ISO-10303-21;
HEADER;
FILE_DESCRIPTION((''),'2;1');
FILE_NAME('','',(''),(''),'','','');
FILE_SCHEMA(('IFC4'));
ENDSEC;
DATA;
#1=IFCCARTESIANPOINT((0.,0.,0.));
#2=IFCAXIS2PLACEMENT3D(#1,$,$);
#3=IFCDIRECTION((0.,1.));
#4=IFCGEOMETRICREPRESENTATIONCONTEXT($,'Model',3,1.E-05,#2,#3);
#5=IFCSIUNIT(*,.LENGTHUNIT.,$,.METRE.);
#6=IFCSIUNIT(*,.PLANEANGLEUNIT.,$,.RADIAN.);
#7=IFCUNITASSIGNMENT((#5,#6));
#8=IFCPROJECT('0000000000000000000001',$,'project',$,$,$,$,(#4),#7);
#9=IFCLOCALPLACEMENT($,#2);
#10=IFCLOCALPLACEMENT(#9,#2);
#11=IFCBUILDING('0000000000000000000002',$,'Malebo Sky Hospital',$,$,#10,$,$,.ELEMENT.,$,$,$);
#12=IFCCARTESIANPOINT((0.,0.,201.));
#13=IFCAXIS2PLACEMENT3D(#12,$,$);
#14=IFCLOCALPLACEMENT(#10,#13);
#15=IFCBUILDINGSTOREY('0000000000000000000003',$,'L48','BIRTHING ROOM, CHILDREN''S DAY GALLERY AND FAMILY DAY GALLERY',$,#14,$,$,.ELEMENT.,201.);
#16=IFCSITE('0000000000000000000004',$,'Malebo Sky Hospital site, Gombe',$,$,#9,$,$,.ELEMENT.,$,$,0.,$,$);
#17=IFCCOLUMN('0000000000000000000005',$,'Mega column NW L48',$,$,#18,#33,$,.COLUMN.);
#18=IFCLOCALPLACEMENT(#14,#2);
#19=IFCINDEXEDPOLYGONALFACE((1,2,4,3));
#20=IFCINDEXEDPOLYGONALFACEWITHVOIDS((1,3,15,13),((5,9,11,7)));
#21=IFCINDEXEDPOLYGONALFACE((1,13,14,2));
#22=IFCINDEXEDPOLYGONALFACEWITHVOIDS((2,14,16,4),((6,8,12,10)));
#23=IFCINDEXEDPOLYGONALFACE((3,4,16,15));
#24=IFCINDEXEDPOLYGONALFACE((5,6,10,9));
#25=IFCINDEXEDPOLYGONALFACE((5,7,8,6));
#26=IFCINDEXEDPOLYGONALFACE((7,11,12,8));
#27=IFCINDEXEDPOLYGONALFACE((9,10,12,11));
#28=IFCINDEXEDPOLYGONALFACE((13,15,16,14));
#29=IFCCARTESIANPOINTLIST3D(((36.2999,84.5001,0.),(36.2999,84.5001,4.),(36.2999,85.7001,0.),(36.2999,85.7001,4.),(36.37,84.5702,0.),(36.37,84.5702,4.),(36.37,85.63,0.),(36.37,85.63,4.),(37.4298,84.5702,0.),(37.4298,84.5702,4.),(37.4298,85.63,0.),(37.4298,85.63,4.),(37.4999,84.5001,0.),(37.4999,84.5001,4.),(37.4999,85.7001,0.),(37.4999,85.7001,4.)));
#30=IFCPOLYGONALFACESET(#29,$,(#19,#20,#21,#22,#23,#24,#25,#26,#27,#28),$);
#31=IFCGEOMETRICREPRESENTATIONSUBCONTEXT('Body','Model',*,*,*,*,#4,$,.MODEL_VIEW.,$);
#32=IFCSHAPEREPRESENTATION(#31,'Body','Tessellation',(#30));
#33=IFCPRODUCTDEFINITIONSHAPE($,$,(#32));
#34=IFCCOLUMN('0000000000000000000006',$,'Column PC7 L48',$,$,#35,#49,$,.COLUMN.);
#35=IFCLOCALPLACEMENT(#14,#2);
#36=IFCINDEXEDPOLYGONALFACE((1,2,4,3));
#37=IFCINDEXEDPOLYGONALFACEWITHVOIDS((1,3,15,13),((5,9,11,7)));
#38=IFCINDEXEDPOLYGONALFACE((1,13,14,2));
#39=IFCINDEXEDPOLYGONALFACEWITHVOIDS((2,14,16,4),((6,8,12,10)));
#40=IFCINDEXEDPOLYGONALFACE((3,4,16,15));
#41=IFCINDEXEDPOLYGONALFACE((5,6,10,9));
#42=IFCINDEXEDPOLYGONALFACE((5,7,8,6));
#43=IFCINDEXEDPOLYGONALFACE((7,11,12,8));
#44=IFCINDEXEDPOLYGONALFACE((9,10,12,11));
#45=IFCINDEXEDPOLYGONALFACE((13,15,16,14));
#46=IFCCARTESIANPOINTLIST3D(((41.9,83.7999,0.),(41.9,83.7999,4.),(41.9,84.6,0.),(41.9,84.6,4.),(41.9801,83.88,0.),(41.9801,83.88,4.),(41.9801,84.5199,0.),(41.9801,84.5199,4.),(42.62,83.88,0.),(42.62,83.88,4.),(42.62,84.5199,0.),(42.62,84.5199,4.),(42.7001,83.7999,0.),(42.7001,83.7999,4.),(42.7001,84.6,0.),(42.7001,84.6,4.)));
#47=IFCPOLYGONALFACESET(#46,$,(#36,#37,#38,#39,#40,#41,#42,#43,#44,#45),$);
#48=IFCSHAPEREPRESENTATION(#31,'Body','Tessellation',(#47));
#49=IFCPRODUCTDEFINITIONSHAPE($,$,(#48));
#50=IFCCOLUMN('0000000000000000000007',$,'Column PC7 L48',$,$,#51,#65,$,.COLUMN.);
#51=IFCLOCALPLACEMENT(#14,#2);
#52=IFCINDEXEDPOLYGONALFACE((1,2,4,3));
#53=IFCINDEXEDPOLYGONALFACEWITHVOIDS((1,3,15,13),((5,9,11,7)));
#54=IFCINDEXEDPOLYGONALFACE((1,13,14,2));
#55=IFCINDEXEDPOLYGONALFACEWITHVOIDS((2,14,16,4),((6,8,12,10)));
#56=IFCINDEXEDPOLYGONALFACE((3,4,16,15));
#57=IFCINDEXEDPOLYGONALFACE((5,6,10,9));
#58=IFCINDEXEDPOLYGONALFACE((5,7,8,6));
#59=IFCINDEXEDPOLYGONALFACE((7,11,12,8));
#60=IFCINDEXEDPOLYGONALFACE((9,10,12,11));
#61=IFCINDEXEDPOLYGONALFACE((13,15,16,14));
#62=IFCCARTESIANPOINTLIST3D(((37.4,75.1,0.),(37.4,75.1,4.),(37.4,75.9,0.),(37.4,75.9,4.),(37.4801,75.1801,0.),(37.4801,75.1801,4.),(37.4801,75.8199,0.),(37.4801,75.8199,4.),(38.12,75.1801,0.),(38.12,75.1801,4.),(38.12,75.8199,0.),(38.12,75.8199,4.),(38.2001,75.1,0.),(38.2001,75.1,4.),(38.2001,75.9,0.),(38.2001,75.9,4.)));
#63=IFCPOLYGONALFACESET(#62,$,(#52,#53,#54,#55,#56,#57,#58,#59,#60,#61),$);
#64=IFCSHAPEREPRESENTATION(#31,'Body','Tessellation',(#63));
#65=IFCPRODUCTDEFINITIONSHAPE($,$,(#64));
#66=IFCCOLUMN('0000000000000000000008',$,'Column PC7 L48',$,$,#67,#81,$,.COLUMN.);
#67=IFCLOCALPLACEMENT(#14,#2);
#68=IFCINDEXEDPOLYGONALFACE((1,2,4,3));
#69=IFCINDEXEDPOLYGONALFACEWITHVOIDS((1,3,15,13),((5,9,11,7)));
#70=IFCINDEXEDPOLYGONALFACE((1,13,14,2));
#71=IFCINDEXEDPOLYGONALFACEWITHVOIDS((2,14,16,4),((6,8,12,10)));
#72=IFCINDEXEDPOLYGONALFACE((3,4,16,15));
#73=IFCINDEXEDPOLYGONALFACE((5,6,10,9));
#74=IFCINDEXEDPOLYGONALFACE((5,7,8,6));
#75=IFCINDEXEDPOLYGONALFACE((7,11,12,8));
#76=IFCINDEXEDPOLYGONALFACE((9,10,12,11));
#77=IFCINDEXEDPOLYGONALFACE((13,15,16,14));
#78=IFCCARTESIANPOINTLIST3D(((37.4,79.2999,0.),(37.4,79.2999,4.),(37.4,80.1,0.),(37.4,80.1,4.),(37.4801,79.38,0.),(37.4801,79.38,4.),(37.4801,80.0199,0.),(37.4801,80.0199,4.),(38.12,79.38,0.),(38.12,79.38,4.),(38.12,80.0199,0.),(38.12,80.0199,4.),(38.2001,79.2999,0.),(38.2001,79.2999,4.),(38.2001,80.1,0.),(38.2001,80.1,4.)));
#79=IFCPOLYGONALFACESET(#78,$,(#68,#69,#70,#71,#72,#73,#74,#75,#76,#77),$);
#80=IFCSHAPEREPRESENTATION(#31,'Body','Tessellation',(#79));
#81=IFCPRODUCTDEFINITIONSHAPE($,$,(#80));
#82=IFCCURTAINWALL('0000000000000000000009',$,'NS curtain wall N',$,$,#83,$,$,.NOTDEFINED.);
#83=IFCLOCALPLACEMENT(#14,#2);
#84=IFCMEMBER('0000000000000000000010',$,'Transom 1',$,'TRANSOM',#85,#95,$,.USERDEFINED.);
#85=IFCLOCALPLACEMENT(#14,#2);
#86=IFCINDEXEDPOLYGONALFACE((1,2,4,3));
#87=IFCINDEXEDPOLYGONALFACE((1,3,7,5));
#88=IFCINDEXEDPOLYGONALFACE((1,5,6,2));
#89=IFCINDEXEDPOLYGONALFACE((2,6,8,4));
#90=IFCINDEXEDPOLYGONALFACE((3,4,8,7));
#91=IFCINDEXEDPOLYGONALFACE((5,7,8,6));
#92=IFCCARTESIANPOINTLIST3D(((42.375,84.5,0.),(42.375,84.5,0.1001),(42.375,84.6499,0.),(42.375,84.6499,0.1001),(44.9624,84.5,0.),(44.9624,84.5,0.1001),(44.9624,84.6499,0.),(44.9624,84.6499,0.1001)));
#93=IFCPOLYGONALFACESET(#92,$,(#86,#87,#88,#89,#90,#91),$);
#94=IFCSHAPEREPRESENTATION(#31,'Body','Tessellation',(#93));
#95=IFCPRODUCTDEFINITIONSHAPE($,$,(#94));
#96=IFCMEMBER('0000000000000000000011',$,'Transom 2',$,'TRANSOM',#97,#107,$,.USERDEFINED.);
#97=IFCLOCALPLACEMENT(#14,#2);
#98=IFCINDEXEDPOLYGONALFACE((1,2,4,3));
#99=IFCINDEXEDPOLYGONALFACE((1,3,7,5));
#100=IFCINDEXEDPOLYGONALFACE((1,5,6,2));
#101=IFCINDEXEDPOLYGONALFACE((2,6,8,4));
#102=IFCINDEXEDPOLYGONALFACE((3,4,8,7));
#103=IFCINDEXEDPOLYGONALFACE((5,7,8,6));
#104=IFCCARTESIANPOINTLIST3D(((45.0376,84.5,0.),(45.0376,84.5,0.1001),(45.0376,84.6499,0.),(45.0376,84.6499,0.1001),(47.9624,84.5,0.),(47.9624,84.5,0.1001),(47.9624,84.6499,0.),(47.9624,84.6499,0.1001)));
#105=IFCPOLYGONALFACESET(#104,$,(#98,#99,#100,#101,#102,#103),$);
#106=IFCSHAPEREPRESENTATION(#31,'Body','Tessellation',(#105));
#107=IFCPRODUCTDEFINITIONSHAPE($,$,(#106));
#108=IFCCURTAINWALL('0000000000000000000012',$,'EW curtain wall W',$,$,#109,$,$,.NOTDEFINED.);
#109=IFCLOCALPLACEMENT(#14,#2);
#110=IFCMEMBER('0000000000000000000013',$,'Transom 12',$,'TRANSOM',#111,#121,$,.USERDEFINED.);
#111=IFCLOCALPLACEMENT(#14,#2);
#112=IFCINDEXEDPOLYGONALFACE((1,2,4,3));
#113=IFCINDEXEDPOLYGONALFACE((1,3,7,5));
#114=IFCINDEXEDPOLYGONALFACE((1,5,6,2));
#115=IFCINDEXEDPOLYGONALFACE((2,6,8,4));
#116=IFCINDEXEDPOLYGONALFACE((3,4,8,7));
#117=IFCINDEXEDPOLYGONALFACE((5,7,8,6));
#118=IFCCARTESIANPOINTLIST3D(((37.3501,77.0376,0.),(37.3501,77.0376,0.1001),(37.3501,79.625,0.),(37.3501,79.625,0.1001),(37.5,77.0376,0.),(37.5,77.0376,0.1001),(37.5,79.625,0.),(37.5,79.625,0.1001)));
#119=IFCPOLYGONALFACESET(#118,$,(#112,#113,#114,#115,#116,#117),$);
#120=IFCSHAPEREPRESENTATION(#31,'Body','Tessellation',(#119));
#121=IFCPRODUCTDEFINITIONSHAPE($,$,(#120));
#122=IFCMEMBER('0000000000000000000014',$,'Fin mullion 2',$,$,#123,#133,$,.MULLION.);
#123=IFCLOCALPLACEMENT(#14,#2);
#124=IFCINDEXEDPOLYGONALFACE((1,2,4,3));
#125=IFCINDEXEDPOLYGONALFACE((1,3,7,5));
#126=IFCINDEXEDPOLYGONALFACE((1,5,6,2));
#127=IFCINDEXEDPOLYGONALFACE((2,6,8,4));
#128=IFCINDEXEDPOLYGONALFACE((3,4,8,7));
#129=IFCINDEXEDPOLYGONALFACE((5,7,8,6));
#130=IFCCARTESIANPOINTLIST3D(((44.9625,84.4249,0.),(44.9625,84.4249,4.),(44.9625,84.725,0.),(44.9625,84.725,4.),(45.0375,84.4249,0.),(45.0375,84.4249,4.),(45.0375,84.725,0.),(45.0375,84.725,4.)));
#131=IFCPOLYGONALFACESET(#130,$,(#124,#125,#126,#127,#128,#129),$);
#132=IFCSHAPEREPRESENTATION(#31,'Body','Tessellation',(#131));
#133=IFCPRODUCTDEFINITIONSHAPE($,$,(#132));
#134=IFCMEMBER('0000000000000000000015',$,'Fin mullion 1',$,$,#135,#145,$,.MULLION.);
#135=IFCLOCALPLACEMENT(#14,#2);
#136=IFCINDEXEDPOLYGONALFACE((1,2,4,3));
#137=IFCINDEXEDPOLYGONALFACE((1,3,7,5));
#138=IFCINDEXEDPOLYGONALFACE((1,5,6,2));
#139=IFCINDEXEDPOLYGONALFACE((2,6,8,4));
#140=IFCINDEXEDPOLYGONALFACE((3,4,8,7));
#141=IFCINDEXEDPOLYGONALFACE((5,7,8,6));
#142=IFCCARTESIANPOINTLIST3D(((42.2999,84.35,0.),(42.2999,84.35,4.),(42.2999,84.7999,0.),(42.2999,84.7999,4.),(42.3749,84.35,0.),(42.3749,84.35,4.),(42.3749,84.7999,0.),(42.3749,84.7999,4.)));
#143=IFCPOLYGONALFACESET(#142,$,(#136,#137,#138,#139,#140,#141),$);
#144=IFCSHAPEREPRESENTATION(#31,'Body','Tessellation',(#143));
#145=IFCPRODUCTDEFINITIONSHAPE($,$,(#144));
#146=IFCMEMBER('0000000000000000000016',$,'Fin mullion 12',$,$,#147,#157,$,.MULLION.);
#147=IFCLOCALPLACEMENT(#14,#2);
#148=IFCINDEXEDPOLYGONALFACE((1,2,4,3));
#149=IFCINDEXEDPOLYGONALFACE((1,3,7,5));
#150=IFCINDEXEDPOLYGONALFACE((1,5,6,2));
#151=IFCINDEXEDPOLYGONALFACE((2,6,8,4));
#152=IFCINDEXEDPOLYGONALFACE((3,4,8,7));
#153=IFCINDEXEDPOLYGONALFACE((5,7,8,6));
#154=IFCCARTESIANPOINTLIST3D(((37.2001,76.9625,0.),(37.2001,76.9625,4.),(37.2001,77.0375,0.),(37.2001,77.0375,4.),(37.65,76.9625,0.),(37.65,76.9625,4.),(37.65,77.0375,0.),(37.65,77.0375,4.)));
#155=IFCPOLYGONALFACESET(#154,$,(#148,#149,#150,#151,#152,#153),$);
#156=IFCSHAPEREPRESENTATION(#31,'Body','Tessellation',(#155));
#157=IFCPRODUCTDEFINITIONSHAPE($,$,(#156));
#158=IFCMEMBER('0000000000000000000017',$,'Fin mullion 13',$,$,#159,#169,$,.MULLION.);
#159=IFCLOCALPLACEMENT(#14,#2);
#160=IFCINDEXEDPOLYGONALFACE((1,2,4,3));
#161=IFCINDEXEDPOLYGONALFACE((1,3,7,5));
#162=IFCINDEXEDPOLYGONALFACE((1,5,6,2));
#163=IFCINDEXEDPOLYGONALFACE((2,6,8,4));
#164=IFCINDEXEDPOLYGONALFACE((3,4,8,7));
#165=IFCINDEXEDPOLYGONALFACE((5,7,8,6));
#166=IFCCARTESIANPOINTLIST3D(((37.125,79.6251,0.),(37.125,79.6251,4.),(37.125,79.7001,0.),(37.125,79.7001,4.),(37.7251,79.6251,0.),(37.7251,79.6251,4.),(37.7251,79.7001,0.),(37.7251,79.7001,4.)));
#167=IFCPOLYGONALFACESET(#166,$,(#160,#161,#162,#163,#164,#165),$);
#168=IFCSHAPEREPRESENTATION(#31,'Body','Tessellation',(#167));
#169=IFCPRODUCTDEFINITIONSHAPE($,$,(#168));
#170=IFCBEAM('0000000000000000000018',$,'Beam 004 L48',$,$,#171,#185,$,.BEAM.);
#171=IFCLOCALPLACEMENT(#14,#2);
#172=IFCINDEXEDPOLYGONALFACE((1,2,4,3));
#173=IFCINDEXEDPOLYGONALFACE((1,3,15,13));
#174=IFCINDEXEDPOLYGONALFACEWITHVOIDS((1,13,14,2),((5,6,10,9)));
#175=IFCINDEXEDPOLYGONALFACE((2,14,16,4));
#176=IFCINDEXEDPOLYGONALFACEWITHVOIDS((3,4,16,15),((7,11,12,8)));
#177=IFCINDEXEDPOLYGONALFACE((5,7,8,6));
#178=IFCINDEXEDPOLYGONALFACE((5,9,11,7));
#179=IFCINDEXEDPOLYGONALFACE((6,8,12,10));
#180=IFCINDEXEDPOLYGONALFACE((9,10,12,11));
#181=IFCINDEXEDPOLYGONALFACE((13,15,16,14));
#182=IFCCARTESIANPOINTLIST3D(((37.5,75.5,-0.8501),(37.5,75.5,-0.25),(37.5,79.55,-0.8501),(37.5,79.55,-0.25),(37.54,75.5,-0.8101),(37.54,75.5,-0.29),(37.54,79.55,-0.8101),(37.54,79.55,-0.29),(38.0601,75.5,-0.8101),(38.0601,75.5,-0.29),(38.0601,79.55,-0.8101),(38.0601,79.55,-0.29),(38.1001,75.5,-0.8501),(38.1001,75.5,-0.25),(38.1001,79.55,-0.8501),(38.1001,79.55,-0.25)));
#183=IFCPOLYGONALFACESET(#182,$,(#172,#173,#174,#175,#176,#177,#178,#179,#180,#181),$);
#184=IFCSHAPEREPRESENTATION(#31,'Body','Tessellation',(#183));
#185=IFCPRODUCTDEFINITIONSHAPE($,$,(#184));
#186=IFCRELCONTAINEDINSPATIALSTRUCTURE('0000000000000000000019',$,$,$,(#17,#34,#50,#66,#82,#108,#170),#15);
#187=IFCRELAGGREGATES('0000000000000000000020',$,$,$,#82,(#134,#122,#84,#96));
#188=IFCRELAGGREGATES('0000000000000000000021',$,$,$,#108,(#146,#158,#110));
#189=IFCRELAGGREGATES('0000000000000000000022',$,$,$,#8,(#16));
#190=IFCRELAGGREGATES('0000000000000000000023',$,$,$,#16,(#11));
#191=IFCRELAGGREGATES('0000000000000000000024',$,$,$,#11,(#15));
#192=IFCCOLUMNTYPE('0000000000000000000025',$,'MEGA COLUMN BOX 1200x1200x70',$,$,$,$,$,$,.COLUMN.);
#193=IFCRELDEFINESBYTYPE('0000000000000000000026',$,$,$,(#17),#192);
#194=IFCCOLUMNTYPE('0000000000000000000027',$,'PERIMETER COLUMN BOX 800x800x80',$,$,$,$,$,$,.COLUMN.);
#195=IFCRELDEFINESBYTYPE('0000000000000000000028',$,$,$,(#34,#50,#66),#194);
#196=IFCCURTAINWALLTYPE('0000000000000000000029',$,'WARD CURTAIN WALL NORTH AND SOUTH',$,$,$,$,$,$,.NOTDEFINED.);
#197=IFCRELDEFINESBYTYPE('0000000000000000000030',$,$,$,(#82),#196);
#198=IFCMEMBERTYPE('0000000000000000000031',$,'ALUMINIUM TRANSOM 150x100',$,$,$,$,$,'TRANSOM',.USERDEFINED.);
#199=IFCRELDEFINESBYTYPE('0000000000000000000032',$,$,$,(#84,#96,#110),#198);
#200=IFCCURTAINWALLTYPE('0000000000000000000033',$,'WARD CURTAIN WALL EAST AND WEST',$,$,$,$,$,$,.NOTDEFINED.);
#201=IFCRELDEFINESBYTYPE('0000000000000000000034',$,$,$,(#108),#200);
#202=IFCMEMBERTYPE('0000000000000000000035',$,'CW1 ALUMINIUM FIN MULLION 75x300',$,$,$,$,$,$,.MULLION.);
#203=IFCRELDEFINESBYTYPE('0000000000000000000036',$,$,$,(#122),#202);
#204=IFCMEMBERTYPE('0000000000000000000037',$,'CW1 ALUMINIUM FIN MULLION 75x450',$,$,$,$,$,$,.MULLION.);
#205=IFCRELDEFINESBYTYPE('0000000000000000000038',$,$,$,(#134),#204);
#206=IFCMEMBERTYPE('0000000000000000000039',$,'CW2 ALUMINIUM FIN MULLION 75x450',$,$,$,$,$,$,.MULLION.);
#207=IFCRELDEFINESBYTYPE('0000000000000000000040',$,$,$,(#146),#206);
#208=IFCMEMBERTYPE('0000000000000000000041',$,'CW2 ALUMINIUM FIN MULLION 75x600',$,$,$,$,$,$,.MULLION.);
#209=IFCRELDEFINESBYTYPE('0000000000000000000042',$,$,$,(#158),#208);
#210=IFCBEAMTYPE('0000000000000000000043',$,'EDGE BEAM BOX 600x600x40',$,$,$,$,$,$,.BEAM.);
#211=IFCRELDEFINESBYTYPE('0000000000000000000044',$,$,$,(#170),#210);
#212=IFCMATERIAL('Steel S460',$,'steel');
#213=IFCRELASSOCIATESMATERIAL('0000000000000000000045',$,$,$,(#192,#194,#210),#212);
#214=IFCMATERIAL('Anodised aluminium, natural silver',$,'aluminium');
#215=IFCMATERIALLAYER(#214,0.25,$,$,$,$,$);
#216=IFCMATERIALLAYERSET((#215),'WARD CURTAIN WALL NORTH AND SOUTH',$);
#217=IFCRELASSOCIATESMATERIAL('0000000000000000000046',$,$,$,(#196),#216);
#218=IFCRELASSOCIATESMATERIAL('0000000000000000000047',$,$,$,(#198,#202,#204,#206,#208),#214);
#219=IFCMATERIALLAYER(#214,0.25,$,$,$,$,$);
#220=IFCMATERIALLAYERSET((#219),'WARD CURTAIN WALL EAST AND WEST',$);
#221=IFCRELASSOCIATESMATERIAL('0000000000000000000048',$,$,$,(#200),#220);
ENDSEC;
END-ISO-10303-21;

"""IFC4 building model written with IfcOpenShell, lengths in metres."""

from ifc_helpers import new_model, si_unit, direction, frame, origin, origin_2d, place, context, subcontext, project, spatial, rectangle, hollow_rectangle, extrude, material, layer, layer_set, material_profile, profile_set, type_object, element, aggregate, save


model = new_model("IFC4")

# Units and contexts
model_context = context("Model", 3, precision=1e-05, world=origin(), true_north=direction((0.0, 1.0)))
body_context = subcontext(model_context, "Body", "Model", "MODEL_VIEW")
ifc_project = project(units=[si_unit("LENGTHUNIT", "METRE"), si_unit("PLANEANGLEUNIT", "RADIAN")], contexts=[model_context])

# Site, building, storey
site_placement = place(None, origin())
site = spatial("IfcSite", under=ifc_project, at=site_placement, Name="Malebo Sky Hospital site, Gombe", CompositionType="ELEMENT", RefElevation=0.0)
building_placement = place(site_placement, origin())
building = spatial("IfcBuilding", under=site, at=building_placement, Name="Malebo Sky Hospital", CompositionType="ELEMENT")
storey_placement = place(building_placement, frame((0.0, 0.0, 201.0)))
storey = spatial("IfcBuildingStorey", under=building, at=storey_placement, Name="L48", Description="BIRTHING ROOM, CHILDREN'S DAY GALLERY AND FAMILY DAY GALLERY", CompositionType="ELEMENT", Elevation=201.0)

# Columns
ifc_material_1 = material(Name="Steel S460", Category="steel")
ifc_material_profile_1 = material_profile(ifc_material_1, hollow_rectangle(XDim=1.2, YDim=1.2, WallThickness=0.0701, at=origin_2d()), Name="BOX 1200x1200x70")
ifc_profile_set_1 = profile_set([ifc_material_profile_1], Name="Steel S460")
column_type_1 = type_object("IfcColumnType", Name="MEGA COLUMN BOX 1200x1200x70", PredefinedType="COLUMN", material=ifc_profile_set_1)
column_placement = place(storey_placement, frame((36.8999, 85.1001, 0.0), z_axis=(0.0, 0.0, 1.0), x_axis=(1.0, 0.0, 0.0)))
element("IfcColumn", 1, at=column_placement, inside=storey, type_object=column_type_1, Name="Mega column NW L48", PredefinedType="COLUMN", context=body_context, shape_type="SweptSolid", body=[
    extrude(hollow_rectangle(XDim=1.2, YDim=1.2, WallThickness=0.0701, at=origin_2d()), origin(), (0.0, 0.0, 1.0), 4.0),
])
ifc_material_profile_2 = material_profile(ifc_material_1, hollow_rectangle(XDim=0.8, YDim=0.8, WallThickness=0.0801, at=origin_2d()), Name="BOX 800x800x80")
ifc_profile_set_2 = profile_set([ifc_material_profile_2], Name="Steel S460")
column_type_2 = type_object("IfcColumnType", Name="PERIMETER COLUMN BOX 800x800x80", PredefinedType="COLUMN", material=ifc_profile_set_2)
for number, where, z_axis, x_axis, name in (
    (2, (42.3, 84.2, 0.0), (0.0, 0.0, 1.0), (1.0, 0.0, 0.0), "Column PC7 L48"),
    (3, (37.8, 75.5, 0.0), (0.0, 0.0, 1.0), (1.0, 0.0, 0.0), "Column PC7 L48"),
    (4, (37.8, 79.7, 0.0), (0.0, 0.0, 1.0), (1.0, 0.0, 0.0), "Column PC7 L48"),
):
    element("IfcColumn", number, at=place(storey_placement, frame(where, z_axis=z_axis, x_axis=x_axis)), inside=storey, type_object=column_type_2, Name=name, PredefinedType="COLUMN", context=body_context, shape_type="SweptSolid", body=[
        extrude(hollow_rectangle(XDim=0.8, YDim=0.8, WallThickness=0.0801, at=origin_2d()), origin(), (0.0, 0.0, 1.0), 4.0),
    ])

# Curtain wall, members
ifc_material_2 = material(Name="Anodised aluminium, natural silver", Category="aluminium")
ifc_layer_1 = layer(ifc_material_2, 0.25)
ifc_layer_set_1 = layer_set([ifc_layer_1], Name="WARD CURTAIN WALL NORTH AND SOUTH")
curtain_wall_type_1 = type_object("IfcCurtainWallType", Name="WARD CURTAIN WALL NORTH AND SOUTH", PredefinedType="NOTDEFINED", material=ifc_layer_set_1)
curtain_wall_1_placement = place(storey_placement, origin())
curtain_wall_1 = element("IfcCurtainWall", 5, at=curtain_wall_1_placement, inside=storey, type_object=curtain_wall_type_1, Name="NS curtain wall N", PredefinedType="NOTDEFINED")
ifc_material_profile_3 = material_profile(ifc_material_2, rectangle(XDim=0.1499, YDim=0.1001, at=origin_2d()), Name="ALUMINIUM TRANSOM 150x100")
ifc_profile_set_3 = profile_set([ifc_material_profile_3], Name="Anodised aluminium, natural silver")
member_type_1 = type_object("IfcMemberType", Name="ALUMINIUM TRANSOM 150x100", ElementType="TRANSOM", PredefinedType="USERDEFINED", material=ifc_profile_set_3)
member_1_placement = place(storey_placement, frame((42.375, 84.575, 0.05), z_axis=(1.0, 0.0, 0.0), x_axis=(0.0, 1.0, 0.0)))
member_1 = element("IfcMember", 6, at=member_1_placement, type_object=member_type_1, Name="Transom 1", ObjectType="TRANSOM", PredefinedType="USERDEFINED", context=body_context, shape_type="SweptSolid", body=[
    extrude(rectangle(XDim=0.1499, YDim=0.1001, at=origin_2d()), origin(), (0.0, 0.0, 1.0), 2.5874),
])
member_2_placement = place(storey_placement, frame((45.0376, 84.575, 0.05), z_axis=(1.0, 0.0, 0.0), x_axis=(0.0, 1.0, 0.0)))
member_2 = element("IfcMember", 7, at=member_2_placement, type_object=member_type_1, Name="Transom 2", ObjectType="TRANSOM", PredefinedType="USERDEFINED", context=body_context, shape_type="SweptSolid", body=[
    extrude(rectangle(XDim=0.1499, YDim=0.1001, at=origin_2d()), origin(), (0.0, 0.0, 1.0), 2.9248),
])

# Curtain wall, member
ifc_layer_2 = layer(ifc_material_2, 0.25)
ifc_layer_set_2 = layer_set([ifc_layer_2], Name="WARD CURTAIN WALL EAST AND WEST")
curtain_wall_type_2 = type_object("IfcCurtainWallType", Name="WARD CURTAIN WALL EAST AND WEST", PredefinedType="NOTDEFINED", material=ifc_layer_set_2)
curtain_wall_2_placement = place(storey_placement, origin())
curtain_wall_2 = element("IfcCurtainWall", 8, at=curtain_wall_2_placement, inside=storey, type_object=curtain_wall_type_2, Name="EW curtain wall W", PredefinedType="NOTDEFINED")
member_3_placement = place(storey_placement, frame((37.425, 77.0376, 0.05), z_axis=(0.0, 1.0, 0.0), x_axis=(-1.0, 0.0, 0.0)))
member_3 = element("IfcMember", 9, at=member_3_placement, type_object=member_type_1, Name="Transom 12", ObjectType="TRANSOM", PredefinedType="USERDEFINED", context=body_context, shape_type="SweptSolid", body=[
    extrude(rectangle(XDim=0.1499, YDim=0.1001, at=origin_2d()), origin(), (0.0, 0.0, 1.0), 2.5874),
])

# Members
ifc_material_profile_4 = material_profile(ifc_material_2, rectangle(XDim=0.075, YDim=0.3, at=origin_2d()), Name="CW1 ALUMINIUM FIN MULLION 75x300")
ifc_profile_set_4 = profile_set([ifc_material_profile_4], Name="Anodised aluminium, natural silver")
member_type_2 = type_object("IfcMemberType", Name="CW1 ALUMINIUM FIN MULLION 75x300", PredefinedType="MULLION", material=ifc_profile_set_4)
member_4_placement = place(storey_placement, frame((45.0, 84.575, 0.0), z_axis=(0.0, 0.0, 1.0), x_axis=(1.0, 0.0, 0.0)))
member_4 = element("IfcMember", 10, at=member_4_placement, type_object=member_type_2, Name="Fin mullion 2", PredefinedType="MULLION", context=body_context, shape_type="SweptSolid", body=[
    extrude(rectangle(XDim=0.075, YDim=0.3, at=origin_2d()), origin(), (0.0, 0.0, 1.0), 4.0),
])
ifc_material_profile_5 = material_profile(ifc_material_2, rectangle(XDim=0.075, YDim=0.45, at=origin_2d()), Name="CW1 ALUMINIUM FIN MULLION 75x450")
ifc_profile_set_5 = profile_set([ifc_material_profile_5], Name="Anodised aluminium, natural silver")
member_type_3 = type_object("IfcMemberType", Name="CW1 ALUMINIUM FIN MULLION 75x450", PredefinedType="MULLION", material=ifc_profile_set_5)
member_5_placement = place(storey_placement, frame((42.3374, 84.575, 0.0), z_axis=(0.0, 0.0, 1.0), x_axis=(1.0, 0.0, 0.0)))
member_5 = element("IfcMember", 11, at=member_5_placement, type_object=member_type_3, Name="Fin mullion 1", PredefinedType="MULLION", context=body_context, shape_type="SweptSolid", body=[
    extrude(rectangle(XDim=0.075, YDim=0.45, at=origin_2d()), origin(), (0.0, 0.0, 1.0), 4.0),
])
ifc_material_profile_6 = material_profile(ifc_material_2, rectangle(XDim=0.075, YDim=0.45, at=origin_2d()), Name="CW2 ALUMINIUM FIN MULLION 75x450")
ifc_profile_set_6 = profile_set([ifc_material_profile_6], Name="Anodised aluminium, natural silver")
member_type_4 = type_object("IfcMemberType", Name="CW2 ALUMINIUM FIN MULLION 75x450", PredefinedType="MULLION", material=ifc_profile_set_6)
member_6_placement = place(storey_placement, frame((37.425, 77.0, 0.0), z_axis=(0.0, 0.0, 1.0), x_axis=(0.0, 1.0, 0.0)))
member_6 = element("IfcMember", 12, at=member_6_placement, type_object=member_type_4, Name="Fin mullion 12", PredefinedType="MULLION", context=body_context, shape_type="SweptSolid", body=[
    extrude(rectangle(XDim=0.075, YDim=0.45, at=origin_2d()), origin(), (0.0, 0.0, 1.0), 4.0),
])
ifc_material_profile_7 = material_profile(ifc_material_2, rectangle(XDim=0.075, YDim=0.6001, at=origin_2d()), Name="CW2 ALUMINIUM FIN MULLION 75x600")
ifc_profile_set_7 = profile_set([ifc_material_profile_7], Name="Anodised aluminium, natural silver")
member_type_5 = type_object("IfcMemberType", Name="CW2 ALUMINIUM FIN MULLION 75x600", PredefinedType="MULLION", material=ifc_profile_set_7)
member_7_placement = place(storey_placement, frame((37.425, 79.6626, 0.0), z_axis=(0.0, 0.0, 1.0), x_axis=(0.0, 1.0, 0.0)))
member_7 = element("IfcMember", 13, at=member_7_placement, type_object=member_type_5, Name="Fin mullion 13", PredefinedType="MULLION", context=body_context, shape_type="SweptSolid", body=[
    extrude(rectangle(XDim=0.075, YDim=0.6001, at=origin_2d()), origin(), (0.0, 0.0, 1.0), 4.0),
])

# Beam
ifc_material_profile_8 = material_profile(ifc_material_1, hollow_rectangle(XDim=0.6001, YDim=0.6001, WallThickness=0.04, at=origin_2d()), Name="BOX 600x600x40")
ifc_profile_set_8 = profile_set([ifc_material_profile_8], Name="Steel S460")
beam_type_1 = type_object("IfcBeamType", Name="EDGE BEAM BOX 600x600x40", PredefinedType="BEAM", material=ifc_profile_set_8)
for number, where, z_axis, x_axis, name in (
    (14, (37.8, 75.5, -0.55), (0.0, 1.0, 0.0), (-1.0, 0.0, 0.0), "Beam 004 L48"),
):
    element("IfcBeam", number, at=place(storey_placement, frame(where, z_axis=z_axis, x_axis=x_axis)), inside=storey, type_object=beam_type_1, Name=name, PredefinedType="BEAM", context=body_context, shape_type="SweptSolid", body=[
        extrude(hollow_rectangle(XDim=0.6001, YDim=0.6001, WallThickness=0.04, at=origin_2d()), origin(), (0.0, 0.0, 1.0), 4.05),
    ])

aggregate(curtain_wall_1, [member_5, member_4, member_1, member_2])
aggregate(curtain_wall_2, [member_6, member_7, member_3])

save(model, "model.ifc")
